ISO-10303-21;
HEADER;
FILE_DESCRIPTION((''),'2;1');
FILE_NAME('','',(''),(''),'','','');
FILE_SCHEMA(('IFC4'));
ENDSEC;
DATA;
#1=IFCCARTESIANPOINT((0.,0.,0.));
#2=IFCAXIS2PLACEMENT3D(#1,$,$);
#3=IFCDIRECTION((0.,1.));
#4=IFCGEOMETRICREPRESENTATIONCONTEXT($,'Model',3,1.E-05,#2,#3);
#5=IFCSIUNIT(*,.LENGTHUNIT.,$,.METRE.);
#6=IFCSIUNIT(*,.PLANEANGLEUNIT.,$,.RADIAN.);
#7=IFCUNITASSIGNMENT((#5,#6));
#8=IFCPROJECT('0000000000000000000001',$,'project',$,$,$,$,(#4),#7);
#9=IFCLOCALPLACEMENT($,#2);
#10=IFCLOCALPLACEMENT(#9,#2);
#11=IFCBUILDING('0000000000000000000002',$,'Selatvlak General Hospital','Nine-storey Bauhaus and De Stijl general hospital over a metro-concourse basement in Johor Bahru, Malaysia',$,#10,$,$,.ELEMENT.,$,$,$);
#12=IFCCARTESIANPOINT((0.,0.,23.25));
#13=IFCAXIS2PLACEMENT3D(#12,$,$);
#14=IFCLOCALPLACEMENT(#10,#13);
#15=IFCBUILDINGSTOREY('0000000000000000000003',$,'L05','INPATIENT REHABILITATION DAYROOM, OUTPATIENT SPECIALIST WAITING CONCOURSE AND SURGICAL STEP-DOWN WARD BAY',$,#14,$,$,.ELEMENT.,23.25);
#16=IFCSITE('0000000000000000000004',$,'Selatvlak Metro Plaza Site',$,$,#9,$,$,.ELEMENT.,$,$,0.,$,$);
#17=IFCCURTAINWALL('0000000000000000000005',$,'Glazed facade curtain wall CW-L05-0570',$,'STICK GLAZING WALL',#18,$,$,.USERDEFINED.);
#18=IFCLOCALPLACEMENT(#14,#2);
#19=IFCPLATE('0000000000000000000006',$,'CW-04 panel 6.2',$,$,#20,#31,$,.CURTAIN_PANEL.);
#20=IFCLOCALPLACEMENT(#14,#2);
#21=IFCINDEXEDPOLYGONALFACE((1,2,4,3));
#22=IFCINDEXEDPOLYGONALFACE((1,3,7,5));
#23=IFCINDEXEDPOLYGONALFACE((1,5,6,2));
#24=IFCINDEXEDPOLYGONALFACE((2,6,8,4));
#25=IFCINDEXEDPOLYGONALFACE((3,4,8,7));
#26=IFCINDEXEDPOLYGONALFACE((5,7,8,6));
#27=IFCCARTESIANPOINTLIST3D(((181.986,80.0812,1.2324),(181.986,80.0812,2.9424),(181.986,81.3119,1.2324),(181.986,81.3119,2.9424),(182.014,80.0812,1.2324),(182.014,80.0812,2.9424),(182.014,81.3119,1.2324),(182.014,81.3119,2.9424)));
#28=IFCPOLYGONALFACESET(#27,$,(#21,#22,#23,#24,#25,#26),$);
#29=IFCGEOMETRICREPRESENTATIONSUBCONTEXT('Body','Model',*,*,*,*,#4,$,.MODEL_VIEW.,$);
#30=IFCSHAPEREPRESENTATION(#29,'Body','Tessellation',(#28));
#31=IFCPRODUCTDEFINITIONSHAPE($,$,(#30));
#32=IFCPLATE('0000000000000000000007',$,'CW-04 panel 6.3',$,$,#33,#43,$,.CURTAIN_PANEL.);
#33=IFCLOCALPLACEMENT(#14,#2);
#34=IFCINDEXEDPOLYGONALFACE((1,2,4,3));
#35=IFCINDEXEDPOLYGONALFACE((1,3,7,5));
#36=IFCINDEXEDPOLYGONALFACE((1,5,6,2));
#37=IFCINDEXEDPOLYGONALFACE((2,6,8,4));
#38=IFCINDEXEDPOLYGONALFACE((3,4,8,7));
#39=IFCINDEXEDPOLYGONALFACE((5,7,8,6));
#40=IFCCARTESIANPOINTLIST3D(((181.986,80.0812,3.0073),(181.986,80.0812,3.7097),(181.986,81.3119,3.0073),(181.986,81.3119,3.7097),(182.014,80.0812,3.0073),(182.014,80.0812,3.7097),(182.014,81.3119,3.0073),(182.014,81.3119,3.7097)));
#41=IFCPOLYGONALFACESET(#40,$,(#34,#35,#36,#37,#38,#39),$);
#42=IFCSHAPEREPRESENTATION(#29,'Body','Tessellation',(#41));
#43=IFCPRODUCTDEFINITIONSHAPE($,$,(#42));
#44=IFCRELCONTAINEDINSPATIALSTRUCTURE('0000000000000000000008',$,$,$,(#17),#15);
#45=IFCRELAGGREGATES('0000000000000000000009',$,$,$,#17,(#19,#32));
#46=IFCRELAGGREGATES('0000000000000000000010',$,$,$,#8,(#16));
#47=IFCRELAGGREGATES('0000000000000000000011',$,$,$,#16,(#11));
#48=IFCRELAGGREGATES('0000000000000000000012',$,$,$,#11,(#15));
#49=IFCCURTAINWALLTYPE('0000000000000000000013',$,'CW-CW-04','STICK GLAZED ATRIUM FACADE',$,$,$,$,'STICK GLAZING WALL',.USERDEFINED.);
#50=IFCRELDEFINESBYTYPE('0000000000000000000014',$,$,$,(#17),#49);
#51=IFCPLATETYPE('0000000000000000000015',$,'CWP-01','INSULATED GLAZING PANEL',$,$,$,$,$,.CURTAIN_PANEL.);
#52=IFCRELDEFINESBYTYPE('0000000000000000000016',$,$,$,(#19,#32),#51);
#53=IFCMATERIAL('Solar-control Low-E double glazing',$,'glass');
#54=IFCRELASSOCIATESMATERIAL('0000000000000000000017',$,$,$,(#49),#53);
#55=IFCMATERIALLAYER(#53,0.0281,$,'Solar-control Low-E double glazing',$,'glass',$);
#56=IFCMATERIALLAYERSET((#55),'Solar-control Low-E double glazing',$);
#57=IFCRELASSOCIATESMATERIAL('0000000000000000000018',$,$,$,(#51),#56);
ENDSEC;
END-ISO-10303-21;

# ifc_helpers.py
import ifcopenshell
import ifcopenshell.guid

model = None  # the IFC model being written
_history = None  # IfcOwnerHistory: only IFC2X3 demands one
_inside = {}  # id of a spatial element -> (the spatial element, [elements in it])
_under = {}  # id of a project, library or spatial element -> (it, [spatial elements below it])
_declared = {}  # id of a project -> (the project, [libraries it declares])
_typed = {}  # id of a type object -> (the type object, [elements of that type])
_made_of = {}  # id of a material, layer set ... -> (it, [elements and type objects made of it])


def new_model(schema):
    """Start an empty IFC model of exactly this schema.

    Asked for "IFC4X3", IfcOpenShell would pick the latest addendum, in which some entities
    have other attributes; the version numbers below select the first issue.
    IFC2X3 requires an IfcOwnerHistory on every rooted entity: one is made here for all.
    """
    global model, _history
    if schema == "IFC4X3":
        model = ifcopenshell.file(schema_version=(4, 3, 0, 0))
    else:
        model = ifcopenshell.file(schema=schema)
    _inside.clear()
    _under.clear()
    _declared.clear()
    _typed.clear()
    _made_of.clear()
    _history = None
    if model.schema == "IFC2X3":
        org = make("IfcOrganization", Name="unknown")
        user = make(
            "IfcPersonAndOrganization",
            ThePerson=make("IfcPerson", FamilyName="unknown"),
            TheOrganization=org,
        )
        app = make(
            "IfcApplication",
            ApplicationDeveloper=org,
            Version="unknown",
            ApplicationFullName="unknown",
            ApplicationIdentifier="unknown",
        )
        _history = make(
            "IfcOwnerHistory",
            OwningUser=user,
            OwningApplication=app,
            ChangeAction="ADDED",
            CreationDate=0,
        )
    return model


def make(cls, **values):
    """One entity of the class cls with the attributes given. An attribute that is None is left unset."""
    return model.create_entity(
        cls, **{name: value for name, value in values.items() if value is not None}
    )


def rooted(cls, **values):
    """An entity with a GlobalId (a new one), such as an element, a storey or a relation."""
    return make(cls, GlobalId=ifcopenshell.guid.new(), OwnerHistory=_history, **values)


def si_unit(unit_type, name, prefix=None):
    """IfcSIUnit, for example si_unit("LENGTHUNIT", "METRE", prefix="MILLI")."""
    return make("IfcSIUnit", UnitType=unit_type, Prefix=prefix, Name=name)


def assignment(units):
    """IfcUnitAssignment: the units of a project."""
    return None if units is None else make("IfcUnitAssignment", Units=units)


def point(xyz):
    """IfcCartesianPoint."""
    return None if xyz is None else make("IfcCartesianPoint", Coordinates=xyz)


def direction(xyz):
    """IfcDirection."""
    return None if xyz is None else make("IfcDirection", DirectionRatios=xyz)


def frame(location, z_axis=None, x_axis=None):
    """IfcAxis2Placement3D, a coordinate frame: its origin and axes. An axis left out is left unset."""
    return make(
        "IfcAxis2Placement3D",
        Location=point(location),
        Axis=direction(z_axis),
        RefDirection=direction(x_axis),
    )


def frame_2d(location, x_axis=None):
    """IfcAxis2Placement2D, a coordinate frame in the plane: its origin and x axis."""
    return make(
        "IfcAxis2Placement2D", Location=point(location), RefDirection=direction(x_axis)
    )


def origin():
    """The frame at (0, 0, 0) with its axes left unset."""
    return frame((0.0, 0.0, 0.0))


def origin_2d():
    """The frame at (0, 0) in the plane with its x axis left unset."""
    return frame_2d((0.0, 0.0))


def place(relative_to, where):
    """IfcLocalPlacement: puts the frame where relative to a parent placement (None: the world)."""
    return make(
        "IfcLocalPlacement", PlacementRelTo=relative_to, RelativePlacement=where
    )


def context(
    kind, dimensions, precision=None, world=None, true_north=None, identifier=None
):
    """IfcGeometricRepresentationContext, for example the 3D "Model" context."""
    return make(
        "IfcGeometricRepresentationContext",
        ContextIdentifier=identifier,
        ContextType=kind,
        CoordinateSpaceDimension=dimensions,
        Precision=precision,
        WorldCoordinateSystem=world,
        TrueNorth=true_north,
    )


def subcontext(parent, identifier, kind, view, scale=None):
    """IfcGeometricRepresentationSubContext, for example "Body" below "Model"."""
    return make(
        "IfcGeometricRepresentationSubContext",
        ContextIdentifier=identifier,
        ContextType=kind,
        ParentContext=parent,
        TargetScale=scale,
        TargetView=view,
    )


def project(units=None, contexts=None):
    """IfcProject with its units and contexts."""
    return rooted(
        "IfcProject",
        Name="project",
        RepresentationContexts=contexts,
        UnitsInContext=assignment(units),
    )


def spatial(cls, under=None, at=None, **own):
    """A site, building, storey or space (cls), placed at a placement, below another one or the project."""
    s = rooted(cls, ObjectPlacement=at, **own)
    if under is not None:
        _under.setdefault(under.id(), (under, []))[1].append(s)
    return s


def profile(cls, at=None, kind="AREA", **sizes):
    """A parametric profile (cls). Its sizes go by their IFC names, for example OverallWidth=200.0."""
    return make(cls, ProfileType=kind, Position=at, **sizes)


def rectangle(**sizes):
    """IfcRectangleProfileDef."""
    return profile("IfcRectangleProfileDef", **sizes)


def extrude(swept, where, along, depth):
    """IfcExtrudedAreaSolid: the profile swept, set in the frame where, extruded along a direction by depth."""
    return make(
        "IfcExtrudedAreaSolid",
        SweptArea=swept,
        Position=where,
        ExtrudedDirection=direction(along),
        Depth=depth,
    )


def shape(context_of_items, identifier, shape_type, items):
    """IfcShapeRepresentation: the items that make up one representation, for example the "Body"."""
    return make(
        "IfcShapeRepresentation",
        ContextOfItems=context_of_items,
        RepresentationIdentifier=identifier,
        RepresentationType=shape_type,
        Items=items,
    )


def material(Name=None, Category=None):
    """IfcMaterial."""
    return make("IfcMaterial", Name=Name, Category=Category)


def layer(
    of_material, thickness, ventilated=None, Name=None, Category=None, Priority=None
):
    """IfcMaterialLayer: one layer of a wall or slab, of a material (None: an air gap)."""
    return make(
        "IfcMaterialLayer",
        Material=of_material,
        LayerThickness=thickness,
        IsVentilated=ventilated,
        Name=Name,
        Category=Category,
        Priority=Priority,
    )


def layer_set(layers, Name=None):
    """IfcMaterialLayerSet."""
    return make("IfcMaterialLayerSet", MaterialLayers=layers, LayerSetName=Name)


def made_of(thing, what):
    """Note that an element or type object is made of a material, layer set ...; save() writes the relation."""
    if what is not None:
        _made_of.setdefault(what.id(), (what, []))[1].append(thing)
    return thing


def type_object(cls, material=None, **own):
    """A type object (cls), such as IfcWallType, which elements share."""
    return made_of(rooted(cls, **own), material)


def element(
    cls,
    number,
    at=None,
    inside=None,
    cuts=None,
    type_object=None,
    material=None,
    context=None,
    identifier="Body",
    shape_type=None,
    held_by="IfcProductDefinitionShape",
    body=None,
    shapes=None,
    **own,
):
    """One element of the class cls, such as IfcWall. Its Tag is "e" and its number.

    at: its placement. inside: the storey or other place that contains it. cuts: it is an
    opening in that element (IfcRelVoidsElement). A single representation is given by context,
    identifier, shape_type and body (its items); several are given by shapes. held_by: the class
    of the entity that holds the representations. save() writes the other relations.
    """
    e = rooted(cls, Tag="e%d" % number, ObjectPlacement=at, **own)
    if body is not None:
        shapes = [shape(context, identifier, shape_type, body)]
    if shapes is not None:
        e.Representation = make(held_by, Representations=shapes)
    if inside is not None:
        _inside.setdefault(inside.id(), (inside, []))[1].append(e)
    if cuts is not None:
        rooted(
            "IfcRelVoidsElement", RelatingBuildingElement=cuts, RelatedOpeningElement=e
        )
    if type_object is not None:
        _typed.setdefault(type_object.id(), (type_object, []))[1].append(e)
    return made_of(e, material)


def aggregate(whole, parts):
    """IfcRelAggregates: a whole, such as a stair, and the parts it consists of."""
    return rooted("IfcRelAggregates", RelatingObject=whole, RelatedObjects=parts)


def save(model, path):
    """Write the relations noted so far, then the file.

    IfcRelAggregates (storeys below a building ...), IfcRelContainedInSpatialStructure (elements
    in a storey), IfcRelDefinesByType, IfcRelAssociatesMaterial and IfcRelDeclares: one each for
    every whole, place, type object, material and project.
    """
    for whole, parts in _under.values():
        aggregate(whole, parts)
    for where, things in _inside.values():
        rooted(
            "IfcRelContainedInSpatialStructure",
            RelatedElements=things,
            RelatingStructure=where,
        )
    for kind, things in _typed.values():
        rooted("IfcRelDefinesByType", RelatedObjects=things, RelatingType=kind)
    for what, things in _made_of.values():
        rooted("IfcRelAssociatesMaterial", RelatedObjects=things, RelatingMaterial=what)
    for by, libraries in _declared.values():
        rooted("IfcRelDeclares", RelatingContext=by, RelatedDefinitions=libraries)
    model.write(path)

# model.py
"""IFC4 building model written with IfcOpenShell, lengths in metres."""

from ifc_helpers import new_model, si_unit, direction, frame, origin, origin_2d, place, context, subcontext, project, spatial, rectangle, extrude, material, layer, layer_set, type_object, element, aggregate, save


model = new_model("IFC4")

# Units and contexts
model_context = context("Model", 3, precision=1e-05, world=origin(), true_north=direction((0.0, 1.0)))
body_context = subcontext(model_context, "Body", "Model", "MODEL_VIEW")
ifc_project = project(units=[si_unit("LENGTHUNIT", "METRE"), si_unit("PLANEANGLEUNIT", "RADIAN")], contexts=[model_context])

# Site, building, storey
site_placement = place(None, origin())
site = spatial("IfcSite", under=ifc_project, at=site_placement, Name="Selatvlak Metro Plaza Site", CompositionType="ELEMENT", RefElevation=0.0)
building_placement = place(site_placement, origin())
building = spatial("IfcBuilding", under=site, at=building_placement, Name="Selatvlak General Hospital", Description="Nine-storey Bauhaus and De Stijl general hospital over a metro-concourse basement in Johor Bahru, Malaysia", CompositionType="ELEMENT")
storey_placement = place(building_placement, frame((0.0, 0.0, 23.25)))
storey = spatial("IfcBuildingStorey", under=building, at=storey_placement, Name="L05", Description="INPATIENT REHABILITATION DAYROOM, OUTPATIENT SPECIALIST WAITING CONCOURSE AND SURGICAL STEP-DOWN WARD BAY", CompositionType="ELEMENT", Elevation=23.25)

# Curtain wall, plates
ifc_material_1 = material(Name="Solar-control Low-E double glazing", Category="glass")
curtain_wall_type = type_object("IfcCurtainWallType", Name="CW-CW-04", Description="STICK GLAZED ATRIUM FACADE", ElementType="STICK GLAZING WALL", PredefinedType="USERDEFINED", material=ifc_material_1)
curtain_wall_placement = place(storey_placement, origin())
curtain_wall = element("IfcCurtainWall", 1, at=curtain_wall_placement, inside=storey, type_object=curtain_wall_type, Name="Glazed facade curtain wall CW-L05-0570", ObjectType="STICK GLAZING WALL", PredefinedType="USERDEFINED")
ifc_layer = layer(ifc_material_1, 0.0281, Name="Solar-control Low-E double glazing", Category="glass")
ifc_layer_set = layer_set([ifc_layer], Name="Solar-control Low-E double glazing")
plate_type = type_object("IfcPlateType", Name="CWP-01", Description="INSULATED GLAZING PANEL", PredefinedType="CURTAIN_PANEL", material=ifc_layer_set)
plate_1_placement = place(storey_placement, frame((182.0, 80.6965, 1.2324), z_axis=(0.0, 0.0, 1.0), x_axis=(0.0, -1.0, 0.0)))
plate_1 = element("IfcPlate", 2, at=plate_1_placement, type_object=plate_type, Name="CW-04 panel 6.2", PredefinedType="CURTAIN_PANEL", context=body_context, shape_type="SweptSolid", body=[
    extrude(rectangle(XDim=1.2307, YDim=0.0281, at=origin_2d()), origin(), (0.0, 0.0, 1.0), 1.71),
])
plate_2_placement = place(storey_placement, frame((182.0, 80.6965, 3.0073), z_axis=(0.0, 0.0, 1.0), x_axis=(0.0, -1.0, 0.0)))
plate_2 = element("IfcPlate", 3, at=plate_2_placement, type_object=plate_type, Name="CW-04 panel 6.3", PredefinedType="CURTAIN_PANEL", context=body_context, shape_type="SweptSolid", body=[
    extrude(rectangle(XDim=1.2307, YDim=0.0281, at=origin_2d()), origin(), (0.0, 0.0, 1.0), 0.7024),
])
aggregate(curtain_wall, [plate_1, plate_2])

save(model, "model.ifc")
